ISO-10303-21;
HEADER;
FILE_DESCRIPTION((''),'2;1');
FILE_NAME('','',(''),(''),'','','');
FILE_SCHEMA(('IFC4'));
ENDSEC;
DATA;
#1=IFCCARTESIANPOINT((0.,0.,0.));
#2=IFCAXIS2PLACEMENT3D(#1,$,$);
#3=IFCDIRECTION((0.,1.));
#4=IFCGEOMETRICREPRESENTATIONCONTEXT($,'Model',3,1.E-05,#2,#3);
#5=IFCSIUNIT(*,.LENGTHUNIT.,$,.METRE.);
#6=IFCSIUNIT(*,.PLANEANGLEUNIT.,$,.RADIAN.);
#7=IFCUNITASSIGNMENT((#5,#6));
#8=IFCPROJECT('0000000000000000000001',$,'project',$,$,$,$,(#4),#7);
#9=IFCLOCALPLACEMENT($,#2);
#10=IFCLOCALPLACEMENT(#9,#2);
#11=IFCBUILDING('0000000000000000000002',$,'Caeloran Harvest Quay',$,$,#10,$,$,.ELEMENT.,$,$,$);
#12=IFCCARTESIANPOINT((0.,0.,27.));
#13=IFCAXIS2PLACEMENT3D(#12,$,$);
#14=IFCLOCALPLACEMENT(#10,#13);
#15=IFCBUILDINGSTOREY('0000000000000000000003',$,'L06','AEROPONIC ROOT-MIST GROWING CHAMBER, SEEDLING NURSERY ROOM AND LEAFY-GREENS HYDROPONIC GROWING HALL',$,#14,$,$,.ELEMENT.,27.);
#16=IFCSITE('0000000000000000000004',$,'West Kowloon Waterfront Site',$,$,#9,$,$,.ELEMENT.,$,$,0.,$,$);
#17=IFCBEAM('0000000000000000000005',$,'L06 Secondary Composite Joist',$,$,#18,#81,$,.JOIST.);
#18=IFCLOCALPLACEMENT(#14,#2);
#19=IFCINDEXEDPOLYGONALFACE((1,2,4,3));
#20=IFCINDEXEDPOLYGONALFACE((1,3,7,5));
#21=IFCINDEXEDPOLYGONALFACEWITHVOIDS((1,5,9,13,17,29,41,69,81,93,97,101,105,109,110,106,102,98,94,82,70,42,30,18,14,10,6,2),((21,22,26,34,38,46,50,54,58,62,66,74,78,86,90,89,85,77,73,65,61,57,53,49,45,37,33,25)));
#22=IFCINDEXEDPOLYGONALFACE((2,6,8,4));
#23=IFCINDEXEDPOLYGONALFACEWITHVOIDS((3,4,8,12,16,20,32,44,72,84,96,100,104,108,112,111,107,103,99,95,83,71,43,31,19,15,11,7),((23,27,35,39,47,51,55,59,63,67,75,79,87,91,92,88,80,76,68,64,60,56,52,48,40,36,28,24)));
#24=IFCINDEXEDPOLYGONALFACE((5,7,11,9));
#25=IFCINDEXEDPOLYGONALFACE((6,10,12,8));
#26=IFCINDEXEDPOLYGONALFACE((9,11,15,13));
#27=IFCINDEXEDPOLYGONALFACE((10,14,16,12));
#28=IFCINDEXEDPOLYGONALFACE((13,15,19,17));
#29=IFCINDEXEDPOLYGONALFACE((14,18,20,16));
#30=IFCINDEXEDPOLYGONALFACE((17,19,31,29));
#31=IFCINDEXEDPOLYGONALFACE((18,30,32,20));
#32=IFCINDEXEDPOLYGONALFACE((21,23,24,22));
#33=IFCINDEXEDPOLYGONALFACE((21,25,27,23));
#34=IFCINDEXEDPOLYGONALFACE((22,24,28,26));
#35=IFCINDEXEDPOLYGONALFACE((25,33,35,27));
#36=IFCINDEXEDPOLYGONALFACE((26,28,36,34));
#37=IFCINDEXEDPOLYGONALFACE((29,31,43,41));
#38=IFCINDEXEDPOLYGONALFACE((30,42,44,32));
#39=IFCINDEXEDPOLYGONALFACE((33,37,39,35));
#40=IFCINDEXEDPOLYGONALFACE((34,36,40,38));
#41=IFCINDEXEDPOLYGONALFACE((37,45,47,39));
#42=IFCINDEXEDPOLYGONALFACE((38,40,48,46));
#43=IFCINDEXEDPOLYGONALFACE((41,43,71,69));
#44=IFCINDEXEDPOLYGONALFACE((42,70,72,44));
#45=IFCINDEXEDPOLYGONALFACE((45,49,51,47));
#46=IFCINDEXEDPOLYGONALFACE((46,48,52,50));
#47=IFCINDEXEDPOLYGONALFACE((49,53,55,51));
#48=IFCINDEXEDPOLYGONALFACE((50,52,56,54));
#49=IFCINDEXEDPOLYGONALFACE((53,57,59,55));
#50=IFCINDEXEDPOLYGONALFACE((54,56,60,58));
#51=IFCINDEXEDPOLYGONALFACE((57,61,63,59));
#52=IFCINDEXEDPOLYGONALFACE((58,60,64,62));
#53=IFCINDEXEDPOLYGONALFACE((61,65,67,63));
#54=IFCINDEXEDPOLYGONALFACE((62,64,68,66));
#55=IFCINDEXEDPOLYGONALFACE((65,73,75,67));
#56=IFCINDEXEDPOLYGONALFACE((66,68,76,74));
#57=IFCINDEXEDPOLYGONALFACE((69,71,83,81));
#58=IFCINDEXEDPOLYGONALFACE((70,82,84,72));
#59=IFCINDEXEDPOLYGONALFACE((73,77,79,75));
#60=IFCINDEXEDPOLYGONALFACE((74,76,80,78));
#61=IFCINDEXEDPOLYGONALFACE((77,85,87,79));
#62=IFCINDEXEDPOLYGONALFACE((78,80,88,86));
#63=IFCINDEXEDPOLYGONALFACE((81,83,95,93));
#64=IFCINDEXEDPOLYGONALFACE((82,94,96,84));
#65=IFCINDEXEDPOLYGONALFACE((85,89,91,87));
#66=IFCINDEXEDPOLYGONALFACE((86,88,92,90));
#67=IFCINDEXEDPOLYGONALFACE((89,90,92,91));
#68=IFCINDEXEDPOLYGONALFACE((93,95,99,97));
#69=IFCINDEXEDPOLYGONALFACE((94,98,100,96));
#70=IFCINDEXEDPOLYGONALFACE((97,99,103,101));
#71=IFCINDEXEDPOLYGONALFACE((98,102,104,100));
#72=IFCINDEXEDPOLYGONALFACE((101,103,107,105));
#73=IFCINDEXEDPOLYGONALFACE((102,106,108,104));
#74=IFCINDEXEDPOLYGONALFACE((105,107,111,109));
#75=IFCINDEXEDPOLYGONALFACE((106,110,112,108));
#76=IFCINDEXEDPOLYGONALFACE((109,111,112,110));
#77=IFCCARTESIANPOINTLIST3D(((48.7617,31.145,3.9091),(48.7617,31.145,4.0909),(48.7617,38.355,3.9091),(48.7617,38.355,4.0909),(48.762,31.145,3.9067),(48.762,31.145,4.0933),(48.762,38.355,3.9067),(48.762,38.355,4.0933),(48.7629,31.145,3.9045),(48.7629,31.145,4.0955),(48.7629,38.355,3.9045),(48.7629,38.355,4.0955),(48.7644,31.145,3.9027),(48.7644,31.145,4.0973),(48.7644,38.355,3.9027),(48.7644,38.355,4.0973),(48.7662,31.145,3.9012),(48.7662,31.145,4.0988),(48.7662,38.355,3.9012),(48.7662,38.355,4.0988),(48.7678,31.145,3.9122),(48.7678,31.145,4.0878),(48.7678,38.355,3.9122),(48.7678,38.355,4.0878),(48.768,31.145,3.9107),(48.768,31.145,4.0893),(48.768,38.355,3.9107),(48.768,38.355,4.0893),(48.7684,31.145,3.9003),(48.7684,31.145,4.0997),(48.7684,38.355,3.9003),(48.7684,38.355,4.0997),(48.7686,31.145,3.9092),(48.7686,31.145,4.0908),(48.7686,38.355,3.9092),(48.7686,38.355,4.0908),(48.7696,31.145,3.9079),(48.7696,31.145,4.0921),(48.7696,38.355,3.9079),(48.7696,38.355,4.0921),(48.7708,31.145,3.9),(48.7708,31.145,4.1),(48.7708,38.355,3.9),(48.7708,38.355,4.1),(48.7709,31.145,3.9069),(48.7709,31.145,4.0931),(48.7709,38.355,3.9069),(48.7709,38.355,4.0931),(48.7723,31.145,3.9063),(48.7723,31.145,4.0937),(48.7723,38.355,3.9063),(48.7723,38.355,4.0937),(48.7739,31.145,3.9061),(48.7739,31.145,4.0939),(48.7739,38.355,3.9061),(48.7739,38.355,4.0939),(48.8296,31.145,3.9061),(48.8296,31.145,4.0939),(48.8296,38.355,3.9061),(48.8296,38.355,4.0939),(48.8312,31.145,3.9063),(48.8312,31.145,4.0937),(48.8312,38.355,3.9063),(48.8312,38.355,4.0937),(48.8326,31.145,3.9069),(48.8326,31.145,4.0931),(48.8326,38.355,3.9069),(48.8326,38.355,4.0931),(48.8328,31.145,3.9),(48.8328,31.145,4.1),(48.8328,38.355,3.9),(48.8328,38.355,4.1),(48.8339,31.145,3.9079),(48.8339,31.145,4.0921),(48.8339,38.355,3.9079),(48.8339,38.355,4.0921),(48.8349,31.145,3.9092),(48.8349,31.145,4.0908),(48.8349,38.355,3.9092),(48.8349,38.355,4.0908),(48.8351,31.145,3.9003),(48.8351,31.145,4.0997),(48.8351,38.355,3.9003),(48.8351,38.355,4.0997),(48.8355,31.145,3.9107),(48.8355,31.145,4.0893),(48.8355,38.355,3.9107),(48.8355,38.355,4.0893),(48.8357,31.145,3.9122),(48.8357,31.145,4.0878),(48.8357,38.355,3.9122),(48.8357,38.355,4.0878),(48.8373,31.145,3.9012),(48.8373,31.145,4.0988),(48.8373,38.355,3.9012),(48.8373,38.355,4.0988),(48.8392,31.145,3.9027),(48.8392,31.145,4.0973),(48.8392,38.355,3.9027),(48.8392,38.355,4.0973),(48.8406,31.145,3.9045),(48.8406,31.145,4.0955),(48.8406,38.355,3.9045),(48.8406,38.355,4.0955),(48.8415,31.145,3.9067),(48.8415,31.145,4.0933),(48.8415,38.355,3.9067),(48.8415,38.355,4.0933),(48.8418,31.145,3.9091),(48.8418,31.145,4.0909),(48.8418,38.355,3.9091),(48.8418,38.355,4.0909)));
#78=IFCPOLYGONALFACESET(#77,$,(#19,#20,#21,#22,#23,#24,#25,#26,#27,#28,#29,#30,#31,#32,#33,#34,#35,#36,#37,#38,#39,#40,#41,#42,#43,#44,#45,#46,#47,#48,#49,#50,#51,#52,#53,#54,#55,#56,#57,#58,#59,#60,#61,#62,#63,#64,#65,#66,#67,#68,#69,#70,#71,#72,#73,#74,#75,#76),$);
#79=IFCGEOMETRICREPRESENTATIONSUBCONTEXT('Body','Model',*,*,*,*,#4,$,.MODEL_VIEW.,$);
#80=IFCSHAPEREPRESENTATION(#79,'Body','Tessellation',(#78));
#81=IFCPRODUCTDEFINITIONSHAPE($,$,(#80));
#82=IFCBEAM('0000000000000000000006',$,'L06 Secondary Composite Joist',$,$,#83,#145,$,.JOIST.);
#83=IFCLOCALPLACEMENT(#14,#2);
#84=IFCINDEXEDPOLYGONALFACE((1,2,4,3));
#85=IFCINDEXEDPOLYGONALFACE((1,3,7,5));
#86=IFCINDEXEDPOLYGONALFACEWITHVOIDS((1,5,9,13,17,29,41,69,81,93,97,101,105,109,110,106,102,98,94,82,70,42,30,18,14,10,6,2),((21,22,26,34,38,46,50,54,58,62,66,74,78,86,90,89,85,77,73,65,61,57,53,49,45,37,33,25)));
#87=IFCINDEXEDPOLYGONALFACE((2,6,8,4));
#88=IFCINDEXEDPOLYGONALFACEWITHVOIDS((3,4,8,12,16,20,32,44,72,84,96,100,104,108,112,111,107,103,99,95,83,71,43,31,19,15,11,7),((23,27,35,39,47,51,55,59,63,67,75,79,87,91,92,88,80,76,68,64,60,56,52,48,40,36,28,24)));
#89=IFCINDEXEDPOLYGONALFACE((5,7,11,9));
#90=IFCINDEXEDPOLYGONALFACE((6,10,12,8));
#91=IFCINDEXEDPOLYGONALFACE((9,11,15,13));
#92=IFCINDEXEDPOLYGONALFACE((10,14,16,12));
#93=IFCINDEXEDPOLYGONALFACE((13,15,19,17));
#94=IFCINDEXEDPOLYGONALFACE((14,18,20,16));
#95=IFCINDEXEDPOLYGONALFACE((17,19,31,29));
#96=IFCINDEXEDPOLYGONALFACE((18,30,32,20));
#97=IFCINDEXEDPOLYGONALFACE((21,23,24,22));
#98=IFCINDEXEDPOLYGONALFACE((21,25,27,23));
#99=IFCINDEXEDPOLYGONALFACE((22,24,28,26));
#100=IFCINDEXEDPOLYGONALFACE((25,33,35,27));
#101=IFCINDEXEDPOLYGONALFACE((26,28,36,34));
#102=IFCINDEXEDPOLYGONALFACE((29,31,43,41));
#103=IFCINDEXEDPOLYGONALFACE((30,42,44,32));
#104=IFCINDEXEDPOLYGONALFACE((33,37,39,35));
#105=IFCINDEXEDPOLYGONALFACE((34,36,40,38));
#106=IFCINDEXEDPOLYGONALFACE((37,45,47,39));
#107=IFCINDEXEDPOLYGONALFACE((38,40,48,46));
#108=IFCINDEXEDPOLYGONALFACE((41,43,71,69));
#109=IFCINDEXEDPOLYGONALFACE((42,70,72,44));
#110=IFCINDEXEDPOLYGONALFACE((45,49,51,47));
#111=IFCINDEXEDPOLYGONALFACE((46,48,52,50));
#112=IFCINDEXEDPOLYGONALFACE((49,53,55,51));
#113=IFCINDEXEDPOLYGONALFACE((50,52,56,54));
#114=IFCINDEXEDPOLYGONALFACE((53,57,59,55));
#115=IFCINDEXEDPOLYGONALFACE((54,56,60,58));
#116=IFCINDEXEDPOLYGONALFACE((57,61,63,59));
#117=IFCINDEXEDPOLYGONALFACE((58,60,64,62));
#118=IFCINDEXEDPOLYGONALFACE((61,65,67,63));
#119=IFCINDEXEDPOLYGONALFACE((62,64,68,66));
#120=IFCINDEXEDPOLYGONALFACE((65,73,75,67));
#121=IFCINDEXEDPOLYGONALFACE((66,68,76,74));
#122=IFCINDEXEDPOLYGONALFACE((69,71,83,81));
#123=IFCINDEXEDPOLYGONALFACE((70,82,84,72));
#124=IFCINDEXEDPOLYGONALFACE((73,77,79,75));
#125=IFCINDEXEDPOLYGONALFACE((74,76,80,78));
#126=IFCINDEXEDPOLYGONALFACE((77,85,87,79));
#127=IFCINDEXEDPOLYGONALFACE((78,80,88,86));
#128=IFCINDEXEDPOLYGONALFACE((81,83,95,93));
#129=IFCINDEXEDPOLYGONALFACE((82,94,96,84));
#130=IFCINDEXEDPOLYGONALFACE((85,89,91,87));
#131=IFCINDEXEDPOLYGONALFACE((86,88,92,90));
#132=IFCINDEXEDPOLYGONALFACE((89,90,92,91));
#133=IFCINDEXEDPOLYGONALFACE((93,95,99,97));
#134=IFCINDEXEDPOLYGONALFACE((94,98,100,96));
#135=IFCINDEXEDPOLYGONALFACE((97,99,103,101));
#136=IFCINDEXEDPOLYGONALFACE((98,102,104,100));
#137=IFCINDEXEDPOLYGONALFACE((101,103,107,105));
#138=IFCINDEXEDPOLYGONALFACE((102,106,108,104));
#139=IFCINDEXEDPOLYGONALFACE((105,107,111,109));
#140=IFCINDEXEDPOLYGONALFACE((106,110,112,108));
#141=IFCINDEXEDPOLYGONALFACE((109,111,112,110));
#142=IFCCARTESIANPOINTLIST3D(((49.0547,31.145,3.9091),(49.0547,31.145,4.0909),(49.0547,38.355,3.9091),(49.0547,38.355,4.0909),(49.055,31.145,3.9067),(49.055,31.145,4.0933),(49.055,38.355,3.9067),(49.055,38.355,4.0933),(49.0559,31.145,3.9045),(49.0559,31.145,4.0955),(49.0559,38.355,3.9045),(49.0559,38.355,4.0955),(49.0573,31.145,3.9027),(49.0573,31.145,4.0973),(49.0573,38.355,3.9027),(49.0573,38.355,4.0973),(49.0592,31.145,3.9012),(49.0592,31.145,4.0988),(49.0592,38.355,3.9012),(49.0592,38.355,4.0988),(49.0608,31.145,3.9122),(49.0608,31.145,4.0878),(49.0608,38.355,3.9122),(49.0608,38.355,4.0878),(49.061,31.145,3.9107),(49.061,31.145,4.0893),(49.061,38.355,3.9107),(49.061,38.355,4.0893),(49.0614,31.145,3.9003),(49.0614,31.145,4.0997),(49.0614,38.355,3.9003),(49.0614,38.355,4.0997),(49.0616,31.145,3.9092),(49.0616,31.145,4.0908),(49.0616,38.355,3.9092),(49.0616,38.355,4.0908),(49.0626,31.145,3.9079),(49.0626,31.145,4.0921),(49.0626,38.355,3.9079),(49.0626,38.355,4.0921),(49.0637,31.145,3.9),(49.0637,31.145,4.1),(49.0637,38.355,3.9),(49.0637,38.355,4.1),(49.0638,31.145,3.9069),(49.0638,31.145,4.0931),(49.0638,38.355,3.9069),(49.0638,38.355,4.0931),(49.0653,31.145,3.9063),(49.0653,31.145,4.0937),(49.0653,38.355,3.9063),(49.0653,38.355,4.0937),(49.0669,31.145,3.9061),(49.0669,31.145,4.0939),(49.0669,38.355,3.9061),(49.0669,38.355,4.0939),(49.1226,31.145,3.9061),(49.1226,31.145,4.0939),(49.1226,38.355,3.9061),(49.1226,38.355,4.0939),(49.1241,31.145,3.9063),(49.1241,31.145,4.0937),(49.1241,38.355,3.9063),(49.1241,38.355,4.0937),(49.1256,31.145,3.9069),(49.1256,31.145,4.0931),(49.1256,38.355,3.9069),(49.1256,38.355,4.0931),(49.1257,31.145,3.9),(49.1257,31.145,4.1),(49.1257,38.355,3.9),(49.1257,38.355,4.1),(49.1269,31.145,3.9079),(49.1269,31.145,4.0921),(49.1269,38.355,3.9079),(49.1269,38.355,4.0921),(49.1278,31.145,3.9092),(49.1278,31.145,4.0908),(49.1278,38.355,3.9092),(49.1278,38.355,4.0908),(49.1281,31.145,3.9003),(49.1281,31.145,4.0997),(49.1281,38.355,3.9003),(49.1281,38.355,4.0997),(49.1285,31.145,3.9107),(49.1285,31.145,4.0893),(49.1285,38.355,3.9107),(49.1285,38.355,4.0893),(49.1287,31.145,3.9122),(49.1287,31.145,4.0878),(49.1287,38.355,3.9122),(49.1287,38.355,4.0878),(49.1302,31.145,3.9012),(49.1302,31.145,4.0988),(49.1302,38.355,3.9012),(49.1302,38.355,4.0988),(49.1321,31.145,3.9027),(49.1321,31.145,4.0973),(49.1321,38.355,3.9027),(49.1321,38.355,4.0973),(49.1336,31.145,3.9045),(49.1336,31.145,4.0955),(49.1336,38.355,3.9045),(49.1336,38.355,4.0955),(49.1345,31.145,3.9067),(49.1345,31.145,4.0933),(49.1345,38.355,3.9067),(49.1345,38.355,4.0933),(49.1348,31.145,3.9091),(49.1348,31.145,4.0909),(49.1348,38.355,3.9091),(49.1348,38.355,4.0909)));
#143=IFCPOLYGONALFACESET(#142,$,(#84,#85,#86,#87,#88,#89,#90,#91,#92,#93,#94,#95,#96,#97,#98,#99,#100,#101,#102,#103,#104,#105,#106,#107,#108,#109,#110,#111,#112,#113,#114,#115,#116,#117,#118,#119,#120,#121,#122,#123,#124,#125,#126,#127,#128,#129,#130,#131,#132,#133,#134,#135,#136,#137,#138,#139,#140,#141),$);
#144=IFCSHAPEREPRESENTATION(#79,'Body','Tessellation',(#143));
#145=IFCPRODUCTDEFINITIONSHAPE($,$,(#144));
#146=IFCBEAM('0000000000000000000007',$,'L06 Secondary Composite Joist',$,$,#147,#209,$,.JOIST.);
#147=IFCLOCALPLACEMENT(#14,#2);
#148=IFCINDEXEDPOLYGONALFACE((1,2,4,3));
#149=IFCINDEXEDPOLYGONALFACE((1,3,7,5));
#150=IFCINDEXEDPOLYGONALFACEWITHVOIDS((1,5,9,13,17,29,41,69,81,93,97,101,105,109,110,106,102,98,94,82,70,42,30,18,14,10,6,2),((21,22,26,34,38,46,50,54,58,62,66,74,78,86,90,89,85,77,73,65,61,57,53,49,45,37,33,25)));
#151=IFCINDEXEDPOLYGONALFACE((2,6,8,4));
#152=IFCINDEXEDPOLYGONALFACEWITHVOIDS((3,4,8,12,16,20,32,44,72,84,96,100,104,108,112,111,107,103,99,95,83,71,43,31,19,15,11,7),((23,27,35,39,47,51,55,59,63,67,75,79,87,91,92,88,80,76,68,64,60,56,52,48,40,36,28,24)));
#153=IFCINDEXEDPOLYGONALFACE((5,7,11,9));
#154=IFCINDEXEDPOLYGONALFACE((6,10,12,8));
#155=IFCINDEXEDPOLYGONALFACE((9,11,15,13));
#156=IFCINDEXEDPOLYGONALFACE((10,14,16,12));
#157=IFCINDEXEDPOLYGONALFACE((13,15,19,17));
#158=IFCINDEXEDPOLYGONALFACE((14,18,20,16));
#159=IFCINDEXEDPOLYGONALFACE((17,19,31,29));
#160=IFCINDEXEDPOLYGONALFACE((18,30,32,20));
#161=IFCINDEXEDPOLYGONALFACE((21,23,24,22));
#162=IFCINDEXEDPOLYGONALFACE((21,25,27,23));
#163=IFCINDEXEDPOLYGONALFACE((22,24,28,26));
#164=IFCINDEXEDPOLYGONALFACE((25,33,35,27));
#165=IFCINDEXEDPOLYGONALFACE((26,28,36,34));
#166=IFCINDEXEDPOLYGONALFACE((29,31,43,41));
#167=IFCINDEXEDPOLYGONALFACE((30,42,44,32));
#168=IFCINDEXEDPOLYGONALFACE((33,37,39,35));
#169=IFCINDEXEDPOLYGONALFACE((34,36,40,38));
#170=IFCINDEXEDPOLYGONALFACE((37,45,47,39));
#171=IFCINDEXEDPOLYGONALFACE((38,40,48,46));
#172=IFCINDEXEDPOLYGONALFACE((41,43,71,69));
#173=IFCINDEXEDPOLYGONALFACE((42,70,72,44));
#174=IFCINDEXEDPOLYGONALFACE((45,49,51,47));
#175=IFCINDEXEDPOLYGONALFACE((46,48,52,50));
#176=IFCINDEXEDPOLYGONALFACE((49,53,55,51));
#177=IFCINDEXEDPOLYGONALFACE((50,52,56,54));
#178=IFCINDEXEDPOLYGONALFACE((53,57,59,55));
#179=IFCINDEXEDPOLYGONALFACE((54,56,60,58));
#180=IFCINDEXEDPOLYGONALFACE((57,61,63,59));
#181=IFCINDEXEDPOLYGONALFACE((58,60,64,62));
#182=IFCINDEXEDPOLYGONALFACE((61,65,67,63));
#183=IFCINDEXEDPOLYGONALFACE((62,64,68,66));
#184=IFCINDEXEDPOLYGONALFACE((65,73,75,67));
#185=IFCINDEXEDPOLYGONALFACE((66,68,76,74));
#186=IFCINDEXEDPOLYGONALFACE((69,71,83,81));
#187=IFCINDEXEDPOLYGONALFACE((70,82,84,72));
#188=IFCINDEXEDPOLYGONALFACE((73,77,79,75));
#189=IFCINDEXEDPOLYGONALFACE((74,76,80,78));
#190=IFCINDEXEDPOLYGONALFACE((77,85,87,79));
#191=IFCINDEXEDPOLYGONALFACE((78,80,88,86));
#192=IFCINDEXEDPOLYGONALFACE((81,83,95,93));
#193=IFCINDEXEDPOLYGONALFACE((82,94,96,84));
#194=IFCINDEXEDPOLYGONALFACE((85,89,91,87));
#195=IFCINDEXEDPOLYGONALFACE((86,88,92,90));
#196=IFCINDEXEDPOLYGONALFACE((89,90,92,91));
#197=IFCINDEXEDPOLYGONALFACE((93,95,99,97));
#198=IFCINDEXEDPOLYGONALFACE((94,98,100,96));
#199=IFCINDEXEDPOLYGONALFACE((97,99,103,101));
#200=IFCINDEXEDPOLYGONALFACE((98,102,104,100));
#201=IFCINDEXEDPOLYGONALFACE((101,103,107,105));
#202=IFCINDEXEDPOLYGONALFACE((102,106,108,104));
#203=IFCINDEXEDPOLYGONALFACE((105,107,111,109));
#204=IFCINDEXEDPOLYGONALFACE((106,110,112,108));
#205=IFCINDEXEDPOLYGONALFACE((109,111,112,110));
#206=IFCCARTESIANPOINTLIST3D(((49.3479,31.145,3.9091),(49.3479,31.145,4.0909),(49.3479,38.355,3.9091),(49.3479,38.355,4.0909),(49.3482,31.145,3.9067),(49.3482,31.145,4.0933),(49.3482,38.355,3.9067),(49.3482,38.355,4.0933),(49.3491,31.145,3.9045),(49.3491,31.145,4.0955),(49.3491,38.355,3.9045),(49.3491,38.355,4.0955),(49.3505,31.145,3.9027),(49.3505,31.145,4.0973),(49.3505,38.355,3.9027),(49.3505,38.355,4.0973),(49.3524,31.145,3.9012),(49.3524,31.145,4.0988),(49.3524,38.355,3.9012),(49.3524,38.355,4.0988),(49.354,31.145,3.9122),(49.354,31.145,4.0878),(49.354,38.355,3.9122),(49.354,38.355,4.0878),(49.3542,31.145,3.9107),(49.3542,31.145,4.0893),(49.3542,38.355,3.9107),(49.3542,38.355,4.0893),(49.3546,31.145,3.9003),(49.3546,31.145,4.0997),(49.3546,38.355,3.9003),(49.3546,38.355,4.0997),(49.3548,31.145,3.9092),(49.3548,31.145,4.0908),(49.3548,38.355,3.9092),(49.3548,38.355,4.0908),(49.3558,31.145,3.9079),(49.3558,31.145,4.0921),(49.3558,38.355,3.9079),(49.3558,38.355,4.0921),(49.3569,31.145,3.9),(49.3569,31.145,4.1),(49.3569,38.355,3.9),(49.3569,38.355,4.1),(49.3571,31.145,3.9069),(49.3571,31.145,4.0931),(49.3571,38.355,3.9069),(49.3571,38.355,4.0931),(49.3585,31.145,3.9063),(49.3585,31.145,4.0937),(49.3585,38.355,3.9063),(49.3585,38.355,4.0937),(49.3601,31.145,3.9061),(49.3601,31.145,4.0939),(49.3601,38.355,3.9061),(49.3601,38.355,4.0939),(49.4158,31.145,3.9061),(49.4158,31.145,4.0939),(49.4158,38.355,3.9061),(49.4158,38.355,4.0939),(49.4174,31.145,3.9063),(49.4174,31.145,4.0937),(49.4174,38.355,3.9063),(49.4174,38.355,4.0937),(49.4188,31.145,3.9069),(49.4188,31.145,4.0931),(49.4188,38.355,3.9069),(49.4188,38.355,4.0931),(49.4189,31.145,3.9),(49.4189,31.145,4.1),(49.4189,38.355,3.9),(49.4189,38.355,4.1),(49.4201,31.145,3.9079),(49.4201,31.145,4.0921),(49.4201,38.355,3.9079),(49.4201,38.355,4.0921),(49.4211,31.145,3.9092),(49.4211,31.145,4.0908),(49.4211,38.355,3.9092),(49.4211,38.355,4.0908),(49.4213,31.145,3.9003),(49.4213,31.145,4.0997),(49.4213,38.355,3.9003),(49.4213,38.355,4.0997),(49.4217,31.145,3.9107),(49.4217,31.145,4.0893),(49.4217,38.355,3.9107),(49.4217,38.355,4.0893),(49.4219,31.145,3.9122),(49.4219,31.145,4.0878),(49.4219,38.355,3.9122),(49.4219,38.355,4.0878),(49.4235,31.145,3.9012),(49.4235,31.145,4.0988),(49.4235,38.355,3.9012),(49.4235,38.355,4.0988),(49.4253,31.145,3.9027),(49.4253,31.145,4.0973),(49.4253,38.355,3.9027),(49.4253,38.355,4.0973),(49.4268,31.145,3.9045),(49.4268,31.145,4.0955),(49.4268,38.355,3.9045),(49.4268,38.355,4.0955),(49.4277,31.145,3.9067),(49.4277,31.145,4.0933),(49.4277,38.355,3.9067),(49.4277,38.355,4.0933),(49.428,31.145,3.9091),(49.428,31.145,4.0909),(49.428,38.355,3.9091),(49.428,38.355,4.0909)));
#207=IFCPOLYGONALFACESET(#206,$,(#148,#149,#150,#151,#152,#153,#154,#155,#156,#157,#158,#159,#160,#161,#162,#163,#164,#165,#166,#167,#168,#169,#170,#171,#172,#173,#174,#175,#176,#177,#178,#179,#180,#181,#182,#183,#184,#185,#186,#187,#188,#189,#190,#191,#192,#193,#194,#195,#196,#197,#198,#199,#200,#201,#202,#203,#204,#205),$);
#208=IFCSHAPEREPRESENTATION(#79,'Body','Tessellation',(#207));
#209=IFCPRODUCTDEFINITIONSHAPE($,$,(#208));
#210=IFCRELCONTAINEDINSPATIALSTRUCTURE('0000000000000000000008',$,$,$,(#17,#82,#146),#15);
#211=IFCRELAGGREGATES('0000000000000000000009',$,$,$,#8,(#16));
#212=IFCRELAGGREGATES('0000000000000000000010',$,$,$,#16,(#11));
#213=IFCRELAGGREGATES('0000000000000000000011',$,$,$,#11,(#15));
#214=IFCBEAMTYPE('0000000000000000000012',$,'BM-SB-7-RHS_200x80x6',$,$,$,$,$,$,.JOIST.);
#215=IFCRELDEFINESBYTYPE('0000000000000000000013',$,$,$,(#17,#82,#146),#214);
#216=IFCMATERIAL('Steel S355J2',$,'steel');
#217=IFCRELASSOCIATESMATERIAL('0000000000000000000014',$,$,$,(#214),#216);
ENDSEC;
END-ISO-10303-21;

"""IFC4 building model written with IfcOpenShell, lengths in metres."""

from ifc_helpers import new_model, si_unit, direction, frame, origin, origin_2d, place, context, subcontext, project, spatial, hollow_rectangle, extrude, material, material_profile, profile_set, type_object, element, save


model = new_model("IFC4")

# Units and contexts
model_context = context("Model", 3, precision=1e-05, world=origin(), true_north=direction((0.0, 1.0)))
body_context = subcontext(model_context, "Body", "Model", "MODEL_VIEW")
ifc_project = project(units=[si_unit("LENGTHUNIT", "METRE"), si_unit("PLANEANGLEUNIT", "RADIAN")], contexts=[model_context])

# Site, building, storey
site_placement = place(None, origin())
site = spatial("IfcSite", under=ifc_project, at=site_placement, Name="West Kowloon Waterfront Site", CompositionType="ELEMENT", RefElevation=0.0)
building_placement = place(site_placement, origin())
building = spatial("IfcBuilding", under=site, at=building_placement, Name="Caeloran Harvest Quay", CompositionType="ELEMENT")
storey_placement = place(building_placement, frame((0.0, 0.0, 27.0)))
storey = spatial("IfcBuildingStorey", under=building, at=storey_placement, Name="L06", Description="AEROPONIC ROOT-MIST GROWING CHAMBER, SEEDLING NURSERY ROOM AND LEAFY-GREENS HYDROPONIC GROWING HALL", CompositionType="ELEMENT", Elevation=27.0)

# Beams
ifc_material_1 = material(Name="Steel S355J2", Category="steel")
ifc_material_profile_1 = material_profile(ifc_material_1, hollow_rectangle(XDim=0.0801, YDim=0.2, WallThickness=0.0061, InnerFilletRadius=0.0061, OuterFilletRadius=0.009, at=origin_2d()), Name="RHS 200x80x6")
ifc_profile_set_1 = profile_set([ifc_material_profile_1], Name="Steel S355J2")
beam_type_1 = type_object("IfcBeamType", Name="BM-SB-7-RHS_200x80x6", PredefinedType="JOIST", material=ifc_profile_set_1)
for number, where, z_axis, x_axis, name in (
    (1, (48.8018, 31.145, 4.0), (0.0, 1.0, 0.0), (-1.0, 0.0, 0.0), "L06 Secondary Composite Joist"),
    (2, (49.0947, 31.145, 4.0), (0.0, 1.0, 0.0), (-1.0, 0.0, 0.0), "L06 Secondary Composite Joist"),
    (3, (49.3879, 31.145, 4.0), (0.0, 1.0, 0.0), (-1.0, 0.0, 0.0), "L06 Secondary Composite Joist"),
):
    element("IfcBeam", number, at=place(storey_placement, frame(where, z_axis=z_axis, x_axis=x_axis)), inside=storey, type_object=beam_type_1, Name=name, PredefinedType="JOIST", context=body_context, shape_type="SweptSolid", body=[
        extrude(hollow_rectangle(XDim=0.0801, YDim=0.2, WallThickness=0.0061, InnerFilletRadius=0.0061, OuterFilletRadius=0.009, at=origin_2d()), origin(), (0.0, 0.0, 1.0), 7.21),
    ])

save(model, "model.ifc")
